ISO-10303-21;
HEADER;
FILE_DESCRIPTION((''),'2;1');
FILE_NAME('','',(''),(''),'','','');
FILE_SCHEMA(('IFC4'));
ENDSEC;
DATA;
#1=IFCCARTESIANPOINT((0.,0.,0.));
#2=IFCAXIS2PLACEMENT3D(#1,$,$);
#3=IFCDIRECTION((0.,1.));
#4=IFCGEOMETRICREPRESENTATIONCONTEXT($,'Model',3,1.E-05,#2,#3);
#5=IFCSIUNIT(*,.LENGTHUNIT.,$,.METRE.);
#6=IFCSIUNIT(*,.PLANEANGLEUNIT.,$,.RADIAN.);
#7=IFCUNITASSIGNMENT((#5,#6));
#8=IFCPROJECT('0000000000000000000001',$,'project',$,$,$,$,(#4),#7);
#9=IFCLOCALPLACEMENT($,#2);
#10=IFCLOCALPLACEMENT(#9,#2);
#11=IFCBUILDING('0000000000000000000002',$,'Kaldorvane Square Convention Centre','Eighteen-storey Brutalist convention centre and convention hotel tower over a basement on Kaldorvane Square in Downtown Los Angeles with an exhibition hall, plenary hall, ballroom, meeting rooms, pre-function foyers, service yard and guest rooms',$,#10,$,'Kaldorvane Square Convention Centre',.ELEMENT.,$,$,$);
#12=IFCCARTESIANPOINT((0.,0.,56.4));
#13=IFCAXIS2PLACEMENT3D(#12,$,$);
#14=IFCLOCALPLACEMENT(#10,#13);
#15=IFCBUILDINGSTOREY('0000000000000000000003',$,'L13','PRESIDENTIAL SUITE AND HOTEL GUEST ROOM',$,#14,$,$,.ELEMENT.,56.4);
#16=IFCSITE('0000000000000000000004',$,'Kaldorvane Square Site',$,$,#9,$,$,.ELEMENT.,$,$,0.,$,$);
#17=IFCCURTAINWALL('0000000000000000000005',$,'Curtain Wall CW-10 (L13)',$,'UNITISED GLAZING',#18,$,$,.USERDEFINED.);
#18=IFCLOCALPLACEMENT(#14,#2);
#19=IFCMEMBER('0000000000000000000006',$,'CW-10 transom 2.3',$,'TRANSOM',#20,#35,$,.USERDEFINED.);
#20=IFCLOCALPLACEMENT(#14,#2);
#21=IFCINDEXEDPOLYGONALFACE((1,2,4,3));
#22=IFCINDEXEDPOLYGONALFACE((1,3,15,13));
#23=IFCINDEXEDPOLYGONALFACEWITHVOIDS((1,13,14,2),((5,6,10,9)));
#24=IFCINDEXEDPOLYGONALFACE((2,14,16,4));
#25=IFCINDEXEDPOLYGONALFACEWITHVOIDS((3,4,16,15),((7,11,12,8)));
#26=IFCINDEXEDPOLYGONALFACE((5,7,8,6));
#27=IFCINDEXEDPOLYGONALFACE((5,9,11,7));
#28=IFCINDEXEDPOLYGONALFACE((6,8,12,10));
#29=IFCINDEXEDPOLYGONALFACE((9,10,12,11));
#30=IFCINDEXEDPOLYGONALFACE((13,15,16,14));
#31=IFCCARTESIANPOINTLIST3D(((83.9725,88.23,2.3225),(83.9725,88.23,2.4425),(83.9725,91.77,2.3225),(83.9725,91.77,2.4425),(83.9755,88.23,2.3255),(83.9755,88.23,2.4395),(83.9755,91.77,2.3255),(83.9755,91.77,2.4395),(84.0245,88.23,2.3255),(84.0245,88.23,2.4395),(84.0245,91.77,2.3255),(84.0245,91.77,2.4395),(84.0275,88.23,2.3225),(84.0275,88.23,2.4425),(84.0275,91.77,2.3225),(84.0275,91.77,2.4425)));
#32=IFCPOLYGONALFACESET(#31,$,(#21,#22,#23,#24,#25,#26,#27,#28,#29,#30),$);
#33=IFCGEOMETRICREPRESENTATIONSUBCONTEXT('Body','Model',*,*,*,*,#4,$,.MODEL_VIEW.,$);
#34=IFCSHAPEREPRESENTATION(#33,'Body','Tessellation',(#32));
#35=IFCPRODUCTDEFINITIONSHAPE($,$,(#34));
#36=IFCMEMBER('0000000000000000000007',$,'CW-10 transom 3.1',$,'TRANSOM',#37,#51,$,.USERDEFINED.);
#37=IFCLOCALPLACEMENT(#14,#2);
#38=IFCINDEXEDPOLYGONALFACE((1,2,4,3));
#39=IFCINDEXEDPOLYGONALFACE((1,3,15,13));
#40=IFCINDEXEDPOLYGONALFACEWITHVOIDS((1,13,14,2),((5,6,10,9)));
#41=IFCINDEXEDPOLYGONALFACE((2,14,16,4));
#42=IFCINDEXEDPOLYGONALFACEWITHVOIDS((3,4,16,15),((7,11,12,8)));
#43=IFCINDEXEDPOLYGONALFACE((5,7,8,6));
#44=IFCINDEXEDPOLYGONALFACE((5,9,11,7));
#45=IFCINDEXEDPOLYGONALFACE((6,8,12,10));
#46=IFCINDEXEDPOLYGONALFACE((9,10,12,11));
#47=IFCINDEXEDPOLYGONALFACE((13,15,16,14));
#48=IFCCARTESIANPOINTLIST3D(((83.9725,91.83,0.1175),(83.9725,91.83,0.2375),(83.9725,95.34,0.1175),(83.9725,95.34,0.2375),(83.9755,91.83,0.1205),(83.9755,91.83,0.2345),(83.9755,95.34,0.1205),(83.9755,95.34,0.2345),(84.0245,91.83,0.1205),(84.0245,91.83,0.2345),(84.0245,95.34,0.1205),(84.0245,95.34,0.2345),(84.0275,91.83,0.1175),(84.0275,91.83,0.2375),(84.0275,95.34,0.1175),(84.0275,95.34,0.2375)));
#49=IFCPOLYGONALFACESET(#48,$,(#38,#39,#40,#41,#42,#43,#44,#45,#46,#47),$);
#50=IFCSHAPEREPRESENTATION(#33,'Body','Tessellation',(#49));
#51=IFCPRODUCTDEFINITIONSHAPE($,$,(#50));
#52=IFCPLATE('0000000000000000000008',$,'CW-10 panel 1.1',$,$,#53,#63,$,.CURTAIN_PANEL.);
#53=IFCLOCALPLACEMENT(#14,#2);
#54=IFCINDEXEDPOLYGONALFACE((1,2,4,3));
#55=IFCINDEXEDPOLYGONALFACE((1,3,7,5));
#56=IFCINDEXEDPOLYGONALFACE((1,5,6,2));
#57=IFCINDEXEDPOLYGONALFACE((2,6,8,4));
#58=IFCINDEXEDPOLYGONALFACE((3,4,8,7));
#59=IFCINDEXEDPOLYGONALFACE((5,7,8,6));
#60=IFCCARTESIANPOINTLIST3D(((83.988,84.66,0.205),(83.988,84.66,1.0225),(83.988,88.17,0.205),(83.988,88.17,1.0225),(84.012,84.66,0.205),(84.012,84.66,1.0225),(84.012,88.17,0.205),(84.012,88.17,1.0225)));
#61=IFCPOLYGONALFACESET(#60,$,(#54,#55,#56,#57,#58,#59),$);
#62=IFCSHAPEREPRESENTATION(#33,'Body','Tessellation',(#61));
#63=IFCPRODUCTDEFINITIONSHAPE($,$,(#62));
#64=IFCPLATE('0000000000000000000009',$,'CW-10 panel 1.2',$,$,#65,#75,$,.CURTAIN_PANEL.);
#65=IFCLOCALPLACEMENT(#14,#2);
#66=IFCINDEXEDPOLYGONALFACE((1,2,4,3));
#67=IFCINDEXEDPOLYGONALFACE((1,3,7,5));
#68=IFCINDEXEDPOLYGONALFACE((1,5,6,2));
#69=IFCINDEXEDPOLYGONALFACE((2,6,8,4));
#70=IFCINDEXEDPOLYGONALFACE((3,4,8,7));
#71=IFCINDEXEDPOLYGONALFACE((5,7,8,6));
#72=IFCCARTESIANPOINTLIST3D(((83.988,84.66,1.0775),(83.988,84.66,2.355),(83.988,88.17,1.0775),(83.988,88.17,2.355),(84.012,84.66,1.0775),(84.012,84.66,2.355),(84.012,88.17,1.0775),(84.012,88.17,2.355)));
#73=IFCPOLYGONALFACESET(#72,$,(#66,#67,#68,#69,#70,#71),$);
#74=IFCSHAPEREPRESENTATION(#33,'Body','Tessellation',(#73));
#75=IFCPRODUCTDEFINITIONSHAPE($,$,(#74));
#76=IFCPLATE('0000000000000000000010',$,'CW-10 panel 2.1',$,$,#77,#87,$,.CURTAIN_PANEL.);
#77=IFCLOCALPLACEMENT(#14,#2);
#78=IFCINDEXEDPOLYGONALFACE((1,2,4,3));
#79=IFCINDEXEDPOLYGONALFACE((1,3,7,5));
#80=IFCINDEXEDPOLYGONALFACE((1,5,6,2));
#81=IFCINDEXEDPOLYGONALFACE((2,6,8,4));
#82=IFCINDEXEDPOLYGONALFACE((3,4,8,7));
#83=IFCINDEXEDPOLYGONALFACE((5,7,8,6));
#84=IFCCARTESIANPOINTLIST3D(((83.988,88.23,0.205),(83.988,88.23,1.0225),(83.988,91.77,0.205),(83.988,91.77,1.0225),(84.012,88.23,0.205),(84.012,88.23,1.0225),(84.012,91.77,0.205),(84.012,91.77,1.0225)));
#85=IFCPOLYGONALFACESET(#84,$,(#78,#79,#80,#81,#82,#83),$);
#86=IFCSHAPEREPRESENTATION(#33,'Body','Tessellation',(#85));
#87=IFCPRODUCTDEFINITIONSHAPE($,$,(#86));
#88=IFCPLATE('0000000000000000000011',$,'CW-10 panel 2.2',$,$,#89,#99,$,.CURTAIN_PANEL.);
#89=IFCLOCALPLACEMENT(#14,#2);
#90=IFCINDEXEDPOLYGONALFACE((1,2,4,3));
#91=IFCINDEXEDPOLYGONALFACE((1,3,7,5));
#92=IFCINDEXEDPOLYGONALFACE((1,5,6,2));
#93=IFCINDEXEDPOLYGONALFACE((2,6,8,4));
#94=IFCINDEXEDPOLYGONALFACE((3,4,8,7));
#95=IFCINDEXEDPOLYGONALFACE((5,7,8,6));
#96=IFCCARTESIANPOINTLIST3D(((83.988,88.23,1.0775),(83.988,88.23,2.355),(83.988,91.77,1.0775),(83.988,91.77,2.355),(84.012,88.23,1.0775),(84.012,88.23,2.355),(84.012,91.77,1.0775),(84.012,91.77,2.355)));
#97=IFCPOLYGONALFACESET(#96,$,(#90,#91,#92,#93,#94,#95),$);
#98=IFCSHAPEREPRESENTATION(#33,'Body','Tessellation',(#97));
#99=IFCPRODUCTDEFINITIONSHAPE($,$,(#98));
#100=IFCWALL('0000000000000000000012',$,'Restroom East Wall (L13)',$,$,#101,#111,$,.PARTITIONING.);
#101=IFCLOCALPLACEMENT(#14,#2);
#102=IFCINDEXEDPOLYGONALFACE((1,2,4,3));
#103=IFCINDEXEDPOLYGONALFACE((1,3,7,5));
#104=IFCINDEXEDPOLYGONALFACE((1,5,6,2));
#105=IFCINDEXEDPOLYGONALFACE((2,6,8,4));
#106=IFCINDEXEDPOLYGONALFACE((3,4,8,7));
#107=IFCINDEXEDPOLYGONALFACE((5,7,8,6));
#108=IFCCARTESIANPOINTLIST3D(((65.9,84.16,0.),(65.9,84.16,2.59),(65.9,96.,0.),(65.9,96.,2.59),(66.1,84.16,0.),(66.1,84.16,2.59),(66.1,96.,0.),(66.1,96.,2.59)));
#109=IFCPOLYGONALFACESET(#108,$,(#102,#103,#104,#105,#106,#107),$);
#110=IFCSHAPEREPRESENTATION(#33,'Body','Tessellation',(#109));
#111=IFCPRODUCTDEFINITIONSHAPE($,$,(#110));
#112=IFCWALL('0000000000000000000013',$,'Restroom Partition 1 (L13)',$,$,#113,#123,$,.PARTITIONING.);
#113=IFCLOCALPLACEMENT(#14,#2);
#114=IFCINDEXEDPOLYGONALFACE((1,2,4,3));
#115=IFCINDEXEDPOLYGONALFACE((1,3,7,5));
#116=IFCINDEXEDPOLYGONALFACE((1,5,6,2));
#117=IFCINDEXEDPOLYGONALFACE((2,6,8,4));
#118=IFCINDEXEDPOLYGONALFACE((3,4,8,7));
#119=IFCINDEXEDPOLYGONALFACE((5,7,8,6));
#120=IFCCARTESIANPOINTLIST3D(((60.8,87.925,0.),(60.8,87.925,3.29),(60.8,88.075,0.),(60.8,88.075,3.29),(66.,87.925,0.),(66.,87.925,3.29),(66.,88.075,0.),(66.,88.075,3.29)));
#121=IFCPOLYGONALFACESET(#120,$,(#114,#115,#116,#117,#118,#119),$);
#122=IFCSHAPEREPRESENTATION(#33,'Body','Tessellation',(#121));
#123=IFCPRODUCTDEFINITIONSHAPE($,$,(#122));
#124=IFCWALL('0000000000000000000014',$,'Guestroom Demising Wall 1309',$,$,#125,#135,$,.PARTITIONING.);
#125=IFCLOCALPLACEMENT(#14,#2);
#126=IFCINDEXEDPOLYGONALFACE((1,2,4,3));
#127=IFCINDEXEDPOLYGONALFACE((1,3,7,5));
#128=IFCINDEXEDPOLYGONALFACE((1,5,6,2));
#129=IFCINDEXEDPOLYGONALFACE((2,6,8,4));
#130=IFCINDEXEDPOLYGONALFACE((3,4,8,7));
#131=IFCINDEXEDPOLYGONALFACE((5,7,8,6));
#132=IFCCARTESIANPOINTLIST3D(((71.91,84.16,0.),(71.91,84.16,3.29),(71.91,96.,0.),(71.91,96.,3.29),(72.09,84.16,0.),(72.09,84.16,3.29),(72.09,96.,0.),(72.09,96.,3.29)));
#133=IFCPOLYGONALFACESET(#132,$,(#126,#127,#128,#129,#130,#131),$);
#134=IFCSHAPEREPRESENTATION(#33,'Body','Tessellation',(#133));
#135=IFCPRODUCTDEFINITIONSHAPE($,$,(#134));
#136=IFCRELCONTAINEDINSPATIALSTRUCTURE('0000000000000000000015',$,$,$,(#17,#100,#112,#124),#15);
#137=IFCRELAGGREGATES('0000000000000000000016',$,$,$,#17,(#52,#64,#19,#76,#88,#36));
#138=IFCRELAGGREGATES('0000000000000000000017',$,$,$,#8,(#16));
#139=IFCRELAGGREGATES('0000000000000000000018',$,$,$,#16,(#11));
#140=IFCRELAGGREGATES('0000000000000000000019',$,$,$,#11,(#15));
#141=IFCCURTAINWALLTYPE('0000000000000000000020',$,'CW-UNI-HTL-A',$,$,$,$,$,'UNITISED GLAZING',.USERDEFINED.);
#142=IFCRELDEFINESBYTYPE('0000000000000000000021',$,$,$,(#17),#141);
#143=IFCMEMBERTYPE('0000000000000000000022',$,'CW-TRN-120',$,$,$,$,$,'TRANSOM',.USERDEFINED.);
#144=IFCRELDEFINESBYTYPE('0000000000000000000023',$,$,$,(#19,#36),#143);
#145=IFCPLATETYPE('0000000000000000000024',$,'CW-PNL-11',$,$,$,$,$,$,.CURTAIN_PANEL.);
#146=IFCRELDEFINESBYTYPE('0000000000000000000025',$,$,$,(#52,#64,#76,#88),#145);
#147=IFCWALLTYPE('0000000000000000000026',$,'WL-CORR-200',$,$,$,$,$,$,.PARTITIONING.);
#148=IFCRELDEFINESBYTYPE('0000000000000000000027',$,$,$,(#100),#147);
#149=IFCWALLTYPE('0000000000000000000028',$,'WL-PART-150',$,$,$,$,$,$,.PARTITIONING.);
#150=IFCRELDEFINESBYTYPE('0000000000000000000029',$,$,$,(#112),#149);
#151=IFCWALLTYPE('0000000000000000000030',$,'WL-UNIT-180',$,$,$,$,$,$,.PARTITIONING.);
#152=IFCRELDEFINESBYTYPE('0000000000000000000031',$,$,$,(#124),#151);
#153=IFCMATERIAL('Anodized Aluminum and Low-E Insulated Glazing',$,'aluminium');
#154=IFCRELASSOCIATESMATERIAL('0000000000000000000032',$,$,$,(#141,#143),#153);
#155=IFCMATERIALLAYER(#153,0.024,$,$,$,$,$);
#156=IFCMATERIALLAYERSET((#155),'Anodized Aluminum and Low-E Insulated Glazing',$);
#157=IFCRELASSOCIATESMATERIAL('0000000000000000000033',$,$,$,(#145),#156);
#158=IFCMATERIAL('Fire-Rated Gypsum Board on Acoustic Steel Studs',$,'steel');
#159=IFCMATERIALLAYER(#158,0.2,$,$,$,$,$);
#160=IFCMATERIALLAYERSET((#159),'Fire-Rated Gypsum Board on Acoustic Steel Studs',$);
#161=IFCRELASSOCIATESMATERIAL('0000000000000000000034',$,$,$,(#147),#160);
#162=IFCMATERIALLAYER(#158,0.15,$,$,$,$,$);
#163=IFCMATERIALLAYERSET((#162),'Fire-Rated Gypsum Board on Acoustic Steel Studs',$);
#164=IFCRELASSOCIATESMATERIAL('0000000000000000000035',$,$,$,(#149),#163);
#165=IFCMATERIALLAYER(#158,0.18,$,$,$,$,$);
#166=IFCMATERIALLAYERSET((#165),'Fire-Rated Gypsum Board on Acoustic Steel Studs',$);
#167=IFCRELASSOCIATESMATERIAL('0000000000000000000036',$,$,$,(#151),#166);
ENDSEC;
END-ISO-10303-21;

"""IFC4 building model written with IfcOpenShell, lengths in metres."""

from ifc_helpers import new_model, si_unit, direction, frame, frame_2d, origin, origin_2d, place, context, subcontext, project, spatial, rectangle, hollow_rectangle, extrude, material, layer, layer_set, material_profile, profile_set, type_object, element, aggregate, save


model = new_model("IFC4")

# Units and contexts
model_context = context("Model", 3, precision=1e-05, world=origin(), true_north=direction((0.0, 1.0)))
body_context = subcontext(model_context, "Body", "Model", "MODEL_VIEW")
ifc_project = project(units=[si_unit("LENGTHUNIT", "METRE"), si_unit("PLANEANGLEUNIT", "RADIAN")], contexts=[model_context])

# Site, building, storey
site_placement = place(None, origin())
site = spatial("IfcSite", under=ifc_project, at=site_placement, Name="Kaldorvane Square Site", CompositionType="ELEMENT", RefElevation=0.0)
building_placement = place(site_placement, origin())
building = spatial("IfcBuilding", under=site, at=building_placement, Name="Kaldorvane Square Convention Centre", Description="Eighteen-storey Brutalist convention centre and convention hotel tower over a basement on Kaldorvane Square in Downtown Los Angeles with an exhibition hall, plenary hall, ballroom, meeting rooms, pre-function foyers, service yard and guest rooms", LongName="Kaldorvane Square Convention Centre", CompositionType="ELEMENT")
storey_placement = place(building_placement, frame((0.0, 0.0, 56.4)))
storey = spatial("IfcBuildingStorey", under=building, at=storey_placement, Name="L13", Description="PRESIDENTIAL SUITE AND HOTEL GUEST ROOM", CompositionType="ELEMENT", Elevation=56.4)

# Curtain wall, members, plates
ifc_material_1 = material(Name="Anodized Aluminum and Low-E Insulated Glazing", Category="aluminium")
curtain_wall_type = type_object("IfcCurtainWallType", Name="CW-UNI-HTL-A", ElementType="UNITISED GLAZING", PredefinedType="USERDEFINED", material=ifc_material_1)
curtain_wall_placement = place(storey_placement, origin())
curtain_wall = element("IfcCurtainWall", 1, at=curtain_wall_placement, inside=storey, type_object=curtain_wall_type, Name="Curtain Wall CW-10 (L13)", ObjectType="UNITISED GLAZING", PredefinedType="USERDEFINED")
ifc_material_profile_1 = material_profile(ifc_material_1, hollow_rectangle(XDim=0.055, YDim=0.12, WallThickness=0.003, at=origin_2d()), Name="CWT-120X55")
ifc_profile_set_1 = profile_set([ifc_material_profile_1], Name="Anodized Aluminum and Low-E Insulated Glazing")
member_type_1 = type_object("IfcMemberType", Name="CW-TRN-120", ElementType="TRANSOM", PredefinedType="USERDEFINED", material=ifc_profile_set_1)
member_1_placement = place(storey_placement, frame((84.0, 88.23, 2.3825), z_axis=(0.0, 1.0, 0.0), x_axis=(-1.0, 0.0, 0.0)))
member_1 = element("IfcMember", 2, at=member_1_placement, type_object=member_type_1, Name="CW-10 transom 2.3", ObjectType="TRANSOM", PredefinedType="USERDEFINED", context=body_context, shape_type="SweptSolid", body=[
    extrude(hollow_rectangle(XDim=0.055, YDim=0.12, WallThickness=0.003, at=origin_2d()), origin(), (0.0, 0.0, 1.0), 3.54),
])
member_2_placement = place(storey_placement, frame((84.0, 91.83, 0.1775), z_axis=(0.0, 1.0, 0.0), x_axis=(-1.0, 0.0, 0.0)))
member_2 = element("IfcMember", 3, at=member_2_placement, type_object=member_type_1, Name="CW-10 transom 3.1", ObjectType="TRANSOM", PredefinedType="USERDEFINED", context=body_context, shape_type="SweptSolid", body=[
    extrude(hollow_rectangle(XDim=0.055, YDim=0.12, WallThickness=0.003, at=origin_2d()), origin(), (0.0, 0.0, 1.0), 3.51),
])
ifc_layer_1 = layer(ifc_material_1, 0.024)
ifc_layer_set_1 = layer_set([ifc_layer_1], Name="Anodized Aluminum and Low-E Insulated Glazing")
plate_type = type_object("IfcPlateType", Name="CW-PNL-11", PredefinedType="CURTAIN_PANEL", material=ifc_layer_set_1)
plate_1_placement = place(storey_placement, frame((84.0, 86.415, 0.205), z_axis=(0.0, 0.0, 1.0), x_axis=(0.0, 1.0, 0.0)))
plate_1 = element("IfcPlate", 4, at=plate_1_placement, type_object=plate_type, Name="CW-10 panel 1.1", PredefinedType="CURTAIN_PANEL", context=body_context, shape_type="SweptSolid", body=[
    extrude(rectangle(XDim=3.51, YDim=0.024, at=origin_2d()), origin(), (0.0, 0.0, 1.0), 0.8175),
])
plate_2_placement = place(storey_placement, frame((84.0, 86.415, 1.0775), z_axis=(0.0, 0.0, 1.0), x_axis=(0.0, 1.0, 0.0)))
plate_2 = element("IfcPlate", 5, at=plate_2_placement, type_object=plate_type, Name="CW-10 panel 1.2", PredefinedType="CURTAIN_PANEL", context=body_context, shape_type="SweptSolid", body=[
    extrude(rectangle(XDim=3.51, YDim=0.024, at=origin_2d()), origin(), (0.0, 0.0, 1.0), 1.2775),
])
plate_3_placement = place(storey_placement, frame((84.0, 90.0, 0.205), z_axis=(0.0, 0.0, 1.0), x_axis=(0.0, 1.0, 0.0)))
plate_3 = element("IfcPlate", 6, at=plate_3_placement, type_object=plate_type, Name="CW-10 panel 2.1", PredefinedType="CURTAIN_PANEL", context=body_context, shape_type="SweptSolid", body=[
    extrude(rectangle(XDim=3.54, YDim=0.024, at=origin_2d()), origin(), (0.0, 0.0, 1.0), 0.8175),
])
plate_4_placement = place(storey_placement, frame((84.0, 90.0, 1.0775), z_axis=(0.0, 0.0, 1.0), x_axis=(0.0, 1.0, 0.0)))
plate_4 = element("IfcPlate", 7, at=plate_4_placement, type_object=plate_type, Name="CW-10 panel 2.2", PredefinedType="CURTAIN_PANEL", context=body_context, shape_type="SweptSolid", body=[
    extrude(rectangle(XDim=3.54, YDim=0.024, at=origin_2d()), origin(), (0.0, 0.0, 1.0), 1.2775),
])
aggregate(curtain_wall, [plate_1, plate_2, member_1, plate_3, plate_4, member_2])

# Walls
ifc_material_2 = material(Name="Fire-Rated Gypsum Board on Acoustic Steel Studs", Category="steel")
ifc_layer_2 = layer(ifc_material_2, 0.2)
ifc_layer_set_2 = layer_set([ifc_layer_2], Name="Fire-Rated Gypsum Board on Acoustic Steel Studs")
wall_type_1 = type_object("IfcWallType", Name="WL-CORR-200", PredefinedType="PARTITIONING", material=ifc_layer_set_2)
wall_1_placement = place(storey_placement, frame((66.0, 84.16, 0.0), z_axis=(0.0, 0.0, 1.0), x_axis=(0.0, 1.0, 0.0)))
element("IfcWall", 8, at=wall_1_placement, inside=storey, type_object=wall_type_1, Name="Restroom East Wall (L13)", PredefinedType="PARTITIONING", context=body_context, shape_type="SweptSolid", body=[
    extrude(rectangle(XDim=11.84, YDim=0.2, at=frame_2d((5.92, 0.0))), origin(), (0.0, 0.0, 1.0), 2.59),
])
ifc_layer_3 = layer(ifc_material_2, 0.15)
ifc_layer_set_3 = layer_set([ifc_layer_3], Name="Fire-Rated Gypsum Board on Acoustic Steel Studs")
wall_type_2 = type_object("IfcWallType", Name="WL-PART-150", PredefinedType="PARTITIONING", material=ifc_layer_set_3)
wall_2_placement = place(storey_placement, frame((60.8, 88.0, 0.0), z_axis=(0.0, 0.0, 1.0), x_axis=(1.0, 0.0, 0.0)))
element("IfcWall", 9, at=wall_2_placement, inside=storey, type_object=wall_type_2, Name="Restroom Partition 1 (L13)", PredefinedType="PARTITIONING", context=body_context, shape_type="SweptSolid", body=[
    extrude(rectangle(XDim=5.2, YDim=0.15, at=frame_2d((2.6, 0.0))), origin(), (0.0, 0.0, 1.0), 3.29),
])
ifc_layer_4 = layer(ifc_material_2, 0.18)
ifc_layer_set_4 = layer_set([ifc_layer_4], Name="Fire-Rated Gypsum Board on Acoustic Steel Studs")
wall_type_3 = type_object("IfcWallType", Name="WL-UNIT-180", PredefinedType="PARTITIONING", material=ifc_layer_set_4)
wall_3_placement = place(storey_placement, frame((72.0, 84.16, 0.0), z_axis=(0.0, 0.0, 1.0), x_axis=(0.0, 1.0, 0.0)))
element("IfcWall", 10, at=wall_3_placement, inside=storey, type_object=wall_type_3, Name="Guestroom Demising Wall 1309", PredefinedType="PARTITIONING", context=body_context, shape_type="SweptSolid", body=[
    extrude(rectangle(XDim=11.84, YDim=0.18, at=frame_2d((5.92, 0.0))), origin(), (0.0, 0.0, 1.0), 3.29),
])

save(model, "model.ifc")
